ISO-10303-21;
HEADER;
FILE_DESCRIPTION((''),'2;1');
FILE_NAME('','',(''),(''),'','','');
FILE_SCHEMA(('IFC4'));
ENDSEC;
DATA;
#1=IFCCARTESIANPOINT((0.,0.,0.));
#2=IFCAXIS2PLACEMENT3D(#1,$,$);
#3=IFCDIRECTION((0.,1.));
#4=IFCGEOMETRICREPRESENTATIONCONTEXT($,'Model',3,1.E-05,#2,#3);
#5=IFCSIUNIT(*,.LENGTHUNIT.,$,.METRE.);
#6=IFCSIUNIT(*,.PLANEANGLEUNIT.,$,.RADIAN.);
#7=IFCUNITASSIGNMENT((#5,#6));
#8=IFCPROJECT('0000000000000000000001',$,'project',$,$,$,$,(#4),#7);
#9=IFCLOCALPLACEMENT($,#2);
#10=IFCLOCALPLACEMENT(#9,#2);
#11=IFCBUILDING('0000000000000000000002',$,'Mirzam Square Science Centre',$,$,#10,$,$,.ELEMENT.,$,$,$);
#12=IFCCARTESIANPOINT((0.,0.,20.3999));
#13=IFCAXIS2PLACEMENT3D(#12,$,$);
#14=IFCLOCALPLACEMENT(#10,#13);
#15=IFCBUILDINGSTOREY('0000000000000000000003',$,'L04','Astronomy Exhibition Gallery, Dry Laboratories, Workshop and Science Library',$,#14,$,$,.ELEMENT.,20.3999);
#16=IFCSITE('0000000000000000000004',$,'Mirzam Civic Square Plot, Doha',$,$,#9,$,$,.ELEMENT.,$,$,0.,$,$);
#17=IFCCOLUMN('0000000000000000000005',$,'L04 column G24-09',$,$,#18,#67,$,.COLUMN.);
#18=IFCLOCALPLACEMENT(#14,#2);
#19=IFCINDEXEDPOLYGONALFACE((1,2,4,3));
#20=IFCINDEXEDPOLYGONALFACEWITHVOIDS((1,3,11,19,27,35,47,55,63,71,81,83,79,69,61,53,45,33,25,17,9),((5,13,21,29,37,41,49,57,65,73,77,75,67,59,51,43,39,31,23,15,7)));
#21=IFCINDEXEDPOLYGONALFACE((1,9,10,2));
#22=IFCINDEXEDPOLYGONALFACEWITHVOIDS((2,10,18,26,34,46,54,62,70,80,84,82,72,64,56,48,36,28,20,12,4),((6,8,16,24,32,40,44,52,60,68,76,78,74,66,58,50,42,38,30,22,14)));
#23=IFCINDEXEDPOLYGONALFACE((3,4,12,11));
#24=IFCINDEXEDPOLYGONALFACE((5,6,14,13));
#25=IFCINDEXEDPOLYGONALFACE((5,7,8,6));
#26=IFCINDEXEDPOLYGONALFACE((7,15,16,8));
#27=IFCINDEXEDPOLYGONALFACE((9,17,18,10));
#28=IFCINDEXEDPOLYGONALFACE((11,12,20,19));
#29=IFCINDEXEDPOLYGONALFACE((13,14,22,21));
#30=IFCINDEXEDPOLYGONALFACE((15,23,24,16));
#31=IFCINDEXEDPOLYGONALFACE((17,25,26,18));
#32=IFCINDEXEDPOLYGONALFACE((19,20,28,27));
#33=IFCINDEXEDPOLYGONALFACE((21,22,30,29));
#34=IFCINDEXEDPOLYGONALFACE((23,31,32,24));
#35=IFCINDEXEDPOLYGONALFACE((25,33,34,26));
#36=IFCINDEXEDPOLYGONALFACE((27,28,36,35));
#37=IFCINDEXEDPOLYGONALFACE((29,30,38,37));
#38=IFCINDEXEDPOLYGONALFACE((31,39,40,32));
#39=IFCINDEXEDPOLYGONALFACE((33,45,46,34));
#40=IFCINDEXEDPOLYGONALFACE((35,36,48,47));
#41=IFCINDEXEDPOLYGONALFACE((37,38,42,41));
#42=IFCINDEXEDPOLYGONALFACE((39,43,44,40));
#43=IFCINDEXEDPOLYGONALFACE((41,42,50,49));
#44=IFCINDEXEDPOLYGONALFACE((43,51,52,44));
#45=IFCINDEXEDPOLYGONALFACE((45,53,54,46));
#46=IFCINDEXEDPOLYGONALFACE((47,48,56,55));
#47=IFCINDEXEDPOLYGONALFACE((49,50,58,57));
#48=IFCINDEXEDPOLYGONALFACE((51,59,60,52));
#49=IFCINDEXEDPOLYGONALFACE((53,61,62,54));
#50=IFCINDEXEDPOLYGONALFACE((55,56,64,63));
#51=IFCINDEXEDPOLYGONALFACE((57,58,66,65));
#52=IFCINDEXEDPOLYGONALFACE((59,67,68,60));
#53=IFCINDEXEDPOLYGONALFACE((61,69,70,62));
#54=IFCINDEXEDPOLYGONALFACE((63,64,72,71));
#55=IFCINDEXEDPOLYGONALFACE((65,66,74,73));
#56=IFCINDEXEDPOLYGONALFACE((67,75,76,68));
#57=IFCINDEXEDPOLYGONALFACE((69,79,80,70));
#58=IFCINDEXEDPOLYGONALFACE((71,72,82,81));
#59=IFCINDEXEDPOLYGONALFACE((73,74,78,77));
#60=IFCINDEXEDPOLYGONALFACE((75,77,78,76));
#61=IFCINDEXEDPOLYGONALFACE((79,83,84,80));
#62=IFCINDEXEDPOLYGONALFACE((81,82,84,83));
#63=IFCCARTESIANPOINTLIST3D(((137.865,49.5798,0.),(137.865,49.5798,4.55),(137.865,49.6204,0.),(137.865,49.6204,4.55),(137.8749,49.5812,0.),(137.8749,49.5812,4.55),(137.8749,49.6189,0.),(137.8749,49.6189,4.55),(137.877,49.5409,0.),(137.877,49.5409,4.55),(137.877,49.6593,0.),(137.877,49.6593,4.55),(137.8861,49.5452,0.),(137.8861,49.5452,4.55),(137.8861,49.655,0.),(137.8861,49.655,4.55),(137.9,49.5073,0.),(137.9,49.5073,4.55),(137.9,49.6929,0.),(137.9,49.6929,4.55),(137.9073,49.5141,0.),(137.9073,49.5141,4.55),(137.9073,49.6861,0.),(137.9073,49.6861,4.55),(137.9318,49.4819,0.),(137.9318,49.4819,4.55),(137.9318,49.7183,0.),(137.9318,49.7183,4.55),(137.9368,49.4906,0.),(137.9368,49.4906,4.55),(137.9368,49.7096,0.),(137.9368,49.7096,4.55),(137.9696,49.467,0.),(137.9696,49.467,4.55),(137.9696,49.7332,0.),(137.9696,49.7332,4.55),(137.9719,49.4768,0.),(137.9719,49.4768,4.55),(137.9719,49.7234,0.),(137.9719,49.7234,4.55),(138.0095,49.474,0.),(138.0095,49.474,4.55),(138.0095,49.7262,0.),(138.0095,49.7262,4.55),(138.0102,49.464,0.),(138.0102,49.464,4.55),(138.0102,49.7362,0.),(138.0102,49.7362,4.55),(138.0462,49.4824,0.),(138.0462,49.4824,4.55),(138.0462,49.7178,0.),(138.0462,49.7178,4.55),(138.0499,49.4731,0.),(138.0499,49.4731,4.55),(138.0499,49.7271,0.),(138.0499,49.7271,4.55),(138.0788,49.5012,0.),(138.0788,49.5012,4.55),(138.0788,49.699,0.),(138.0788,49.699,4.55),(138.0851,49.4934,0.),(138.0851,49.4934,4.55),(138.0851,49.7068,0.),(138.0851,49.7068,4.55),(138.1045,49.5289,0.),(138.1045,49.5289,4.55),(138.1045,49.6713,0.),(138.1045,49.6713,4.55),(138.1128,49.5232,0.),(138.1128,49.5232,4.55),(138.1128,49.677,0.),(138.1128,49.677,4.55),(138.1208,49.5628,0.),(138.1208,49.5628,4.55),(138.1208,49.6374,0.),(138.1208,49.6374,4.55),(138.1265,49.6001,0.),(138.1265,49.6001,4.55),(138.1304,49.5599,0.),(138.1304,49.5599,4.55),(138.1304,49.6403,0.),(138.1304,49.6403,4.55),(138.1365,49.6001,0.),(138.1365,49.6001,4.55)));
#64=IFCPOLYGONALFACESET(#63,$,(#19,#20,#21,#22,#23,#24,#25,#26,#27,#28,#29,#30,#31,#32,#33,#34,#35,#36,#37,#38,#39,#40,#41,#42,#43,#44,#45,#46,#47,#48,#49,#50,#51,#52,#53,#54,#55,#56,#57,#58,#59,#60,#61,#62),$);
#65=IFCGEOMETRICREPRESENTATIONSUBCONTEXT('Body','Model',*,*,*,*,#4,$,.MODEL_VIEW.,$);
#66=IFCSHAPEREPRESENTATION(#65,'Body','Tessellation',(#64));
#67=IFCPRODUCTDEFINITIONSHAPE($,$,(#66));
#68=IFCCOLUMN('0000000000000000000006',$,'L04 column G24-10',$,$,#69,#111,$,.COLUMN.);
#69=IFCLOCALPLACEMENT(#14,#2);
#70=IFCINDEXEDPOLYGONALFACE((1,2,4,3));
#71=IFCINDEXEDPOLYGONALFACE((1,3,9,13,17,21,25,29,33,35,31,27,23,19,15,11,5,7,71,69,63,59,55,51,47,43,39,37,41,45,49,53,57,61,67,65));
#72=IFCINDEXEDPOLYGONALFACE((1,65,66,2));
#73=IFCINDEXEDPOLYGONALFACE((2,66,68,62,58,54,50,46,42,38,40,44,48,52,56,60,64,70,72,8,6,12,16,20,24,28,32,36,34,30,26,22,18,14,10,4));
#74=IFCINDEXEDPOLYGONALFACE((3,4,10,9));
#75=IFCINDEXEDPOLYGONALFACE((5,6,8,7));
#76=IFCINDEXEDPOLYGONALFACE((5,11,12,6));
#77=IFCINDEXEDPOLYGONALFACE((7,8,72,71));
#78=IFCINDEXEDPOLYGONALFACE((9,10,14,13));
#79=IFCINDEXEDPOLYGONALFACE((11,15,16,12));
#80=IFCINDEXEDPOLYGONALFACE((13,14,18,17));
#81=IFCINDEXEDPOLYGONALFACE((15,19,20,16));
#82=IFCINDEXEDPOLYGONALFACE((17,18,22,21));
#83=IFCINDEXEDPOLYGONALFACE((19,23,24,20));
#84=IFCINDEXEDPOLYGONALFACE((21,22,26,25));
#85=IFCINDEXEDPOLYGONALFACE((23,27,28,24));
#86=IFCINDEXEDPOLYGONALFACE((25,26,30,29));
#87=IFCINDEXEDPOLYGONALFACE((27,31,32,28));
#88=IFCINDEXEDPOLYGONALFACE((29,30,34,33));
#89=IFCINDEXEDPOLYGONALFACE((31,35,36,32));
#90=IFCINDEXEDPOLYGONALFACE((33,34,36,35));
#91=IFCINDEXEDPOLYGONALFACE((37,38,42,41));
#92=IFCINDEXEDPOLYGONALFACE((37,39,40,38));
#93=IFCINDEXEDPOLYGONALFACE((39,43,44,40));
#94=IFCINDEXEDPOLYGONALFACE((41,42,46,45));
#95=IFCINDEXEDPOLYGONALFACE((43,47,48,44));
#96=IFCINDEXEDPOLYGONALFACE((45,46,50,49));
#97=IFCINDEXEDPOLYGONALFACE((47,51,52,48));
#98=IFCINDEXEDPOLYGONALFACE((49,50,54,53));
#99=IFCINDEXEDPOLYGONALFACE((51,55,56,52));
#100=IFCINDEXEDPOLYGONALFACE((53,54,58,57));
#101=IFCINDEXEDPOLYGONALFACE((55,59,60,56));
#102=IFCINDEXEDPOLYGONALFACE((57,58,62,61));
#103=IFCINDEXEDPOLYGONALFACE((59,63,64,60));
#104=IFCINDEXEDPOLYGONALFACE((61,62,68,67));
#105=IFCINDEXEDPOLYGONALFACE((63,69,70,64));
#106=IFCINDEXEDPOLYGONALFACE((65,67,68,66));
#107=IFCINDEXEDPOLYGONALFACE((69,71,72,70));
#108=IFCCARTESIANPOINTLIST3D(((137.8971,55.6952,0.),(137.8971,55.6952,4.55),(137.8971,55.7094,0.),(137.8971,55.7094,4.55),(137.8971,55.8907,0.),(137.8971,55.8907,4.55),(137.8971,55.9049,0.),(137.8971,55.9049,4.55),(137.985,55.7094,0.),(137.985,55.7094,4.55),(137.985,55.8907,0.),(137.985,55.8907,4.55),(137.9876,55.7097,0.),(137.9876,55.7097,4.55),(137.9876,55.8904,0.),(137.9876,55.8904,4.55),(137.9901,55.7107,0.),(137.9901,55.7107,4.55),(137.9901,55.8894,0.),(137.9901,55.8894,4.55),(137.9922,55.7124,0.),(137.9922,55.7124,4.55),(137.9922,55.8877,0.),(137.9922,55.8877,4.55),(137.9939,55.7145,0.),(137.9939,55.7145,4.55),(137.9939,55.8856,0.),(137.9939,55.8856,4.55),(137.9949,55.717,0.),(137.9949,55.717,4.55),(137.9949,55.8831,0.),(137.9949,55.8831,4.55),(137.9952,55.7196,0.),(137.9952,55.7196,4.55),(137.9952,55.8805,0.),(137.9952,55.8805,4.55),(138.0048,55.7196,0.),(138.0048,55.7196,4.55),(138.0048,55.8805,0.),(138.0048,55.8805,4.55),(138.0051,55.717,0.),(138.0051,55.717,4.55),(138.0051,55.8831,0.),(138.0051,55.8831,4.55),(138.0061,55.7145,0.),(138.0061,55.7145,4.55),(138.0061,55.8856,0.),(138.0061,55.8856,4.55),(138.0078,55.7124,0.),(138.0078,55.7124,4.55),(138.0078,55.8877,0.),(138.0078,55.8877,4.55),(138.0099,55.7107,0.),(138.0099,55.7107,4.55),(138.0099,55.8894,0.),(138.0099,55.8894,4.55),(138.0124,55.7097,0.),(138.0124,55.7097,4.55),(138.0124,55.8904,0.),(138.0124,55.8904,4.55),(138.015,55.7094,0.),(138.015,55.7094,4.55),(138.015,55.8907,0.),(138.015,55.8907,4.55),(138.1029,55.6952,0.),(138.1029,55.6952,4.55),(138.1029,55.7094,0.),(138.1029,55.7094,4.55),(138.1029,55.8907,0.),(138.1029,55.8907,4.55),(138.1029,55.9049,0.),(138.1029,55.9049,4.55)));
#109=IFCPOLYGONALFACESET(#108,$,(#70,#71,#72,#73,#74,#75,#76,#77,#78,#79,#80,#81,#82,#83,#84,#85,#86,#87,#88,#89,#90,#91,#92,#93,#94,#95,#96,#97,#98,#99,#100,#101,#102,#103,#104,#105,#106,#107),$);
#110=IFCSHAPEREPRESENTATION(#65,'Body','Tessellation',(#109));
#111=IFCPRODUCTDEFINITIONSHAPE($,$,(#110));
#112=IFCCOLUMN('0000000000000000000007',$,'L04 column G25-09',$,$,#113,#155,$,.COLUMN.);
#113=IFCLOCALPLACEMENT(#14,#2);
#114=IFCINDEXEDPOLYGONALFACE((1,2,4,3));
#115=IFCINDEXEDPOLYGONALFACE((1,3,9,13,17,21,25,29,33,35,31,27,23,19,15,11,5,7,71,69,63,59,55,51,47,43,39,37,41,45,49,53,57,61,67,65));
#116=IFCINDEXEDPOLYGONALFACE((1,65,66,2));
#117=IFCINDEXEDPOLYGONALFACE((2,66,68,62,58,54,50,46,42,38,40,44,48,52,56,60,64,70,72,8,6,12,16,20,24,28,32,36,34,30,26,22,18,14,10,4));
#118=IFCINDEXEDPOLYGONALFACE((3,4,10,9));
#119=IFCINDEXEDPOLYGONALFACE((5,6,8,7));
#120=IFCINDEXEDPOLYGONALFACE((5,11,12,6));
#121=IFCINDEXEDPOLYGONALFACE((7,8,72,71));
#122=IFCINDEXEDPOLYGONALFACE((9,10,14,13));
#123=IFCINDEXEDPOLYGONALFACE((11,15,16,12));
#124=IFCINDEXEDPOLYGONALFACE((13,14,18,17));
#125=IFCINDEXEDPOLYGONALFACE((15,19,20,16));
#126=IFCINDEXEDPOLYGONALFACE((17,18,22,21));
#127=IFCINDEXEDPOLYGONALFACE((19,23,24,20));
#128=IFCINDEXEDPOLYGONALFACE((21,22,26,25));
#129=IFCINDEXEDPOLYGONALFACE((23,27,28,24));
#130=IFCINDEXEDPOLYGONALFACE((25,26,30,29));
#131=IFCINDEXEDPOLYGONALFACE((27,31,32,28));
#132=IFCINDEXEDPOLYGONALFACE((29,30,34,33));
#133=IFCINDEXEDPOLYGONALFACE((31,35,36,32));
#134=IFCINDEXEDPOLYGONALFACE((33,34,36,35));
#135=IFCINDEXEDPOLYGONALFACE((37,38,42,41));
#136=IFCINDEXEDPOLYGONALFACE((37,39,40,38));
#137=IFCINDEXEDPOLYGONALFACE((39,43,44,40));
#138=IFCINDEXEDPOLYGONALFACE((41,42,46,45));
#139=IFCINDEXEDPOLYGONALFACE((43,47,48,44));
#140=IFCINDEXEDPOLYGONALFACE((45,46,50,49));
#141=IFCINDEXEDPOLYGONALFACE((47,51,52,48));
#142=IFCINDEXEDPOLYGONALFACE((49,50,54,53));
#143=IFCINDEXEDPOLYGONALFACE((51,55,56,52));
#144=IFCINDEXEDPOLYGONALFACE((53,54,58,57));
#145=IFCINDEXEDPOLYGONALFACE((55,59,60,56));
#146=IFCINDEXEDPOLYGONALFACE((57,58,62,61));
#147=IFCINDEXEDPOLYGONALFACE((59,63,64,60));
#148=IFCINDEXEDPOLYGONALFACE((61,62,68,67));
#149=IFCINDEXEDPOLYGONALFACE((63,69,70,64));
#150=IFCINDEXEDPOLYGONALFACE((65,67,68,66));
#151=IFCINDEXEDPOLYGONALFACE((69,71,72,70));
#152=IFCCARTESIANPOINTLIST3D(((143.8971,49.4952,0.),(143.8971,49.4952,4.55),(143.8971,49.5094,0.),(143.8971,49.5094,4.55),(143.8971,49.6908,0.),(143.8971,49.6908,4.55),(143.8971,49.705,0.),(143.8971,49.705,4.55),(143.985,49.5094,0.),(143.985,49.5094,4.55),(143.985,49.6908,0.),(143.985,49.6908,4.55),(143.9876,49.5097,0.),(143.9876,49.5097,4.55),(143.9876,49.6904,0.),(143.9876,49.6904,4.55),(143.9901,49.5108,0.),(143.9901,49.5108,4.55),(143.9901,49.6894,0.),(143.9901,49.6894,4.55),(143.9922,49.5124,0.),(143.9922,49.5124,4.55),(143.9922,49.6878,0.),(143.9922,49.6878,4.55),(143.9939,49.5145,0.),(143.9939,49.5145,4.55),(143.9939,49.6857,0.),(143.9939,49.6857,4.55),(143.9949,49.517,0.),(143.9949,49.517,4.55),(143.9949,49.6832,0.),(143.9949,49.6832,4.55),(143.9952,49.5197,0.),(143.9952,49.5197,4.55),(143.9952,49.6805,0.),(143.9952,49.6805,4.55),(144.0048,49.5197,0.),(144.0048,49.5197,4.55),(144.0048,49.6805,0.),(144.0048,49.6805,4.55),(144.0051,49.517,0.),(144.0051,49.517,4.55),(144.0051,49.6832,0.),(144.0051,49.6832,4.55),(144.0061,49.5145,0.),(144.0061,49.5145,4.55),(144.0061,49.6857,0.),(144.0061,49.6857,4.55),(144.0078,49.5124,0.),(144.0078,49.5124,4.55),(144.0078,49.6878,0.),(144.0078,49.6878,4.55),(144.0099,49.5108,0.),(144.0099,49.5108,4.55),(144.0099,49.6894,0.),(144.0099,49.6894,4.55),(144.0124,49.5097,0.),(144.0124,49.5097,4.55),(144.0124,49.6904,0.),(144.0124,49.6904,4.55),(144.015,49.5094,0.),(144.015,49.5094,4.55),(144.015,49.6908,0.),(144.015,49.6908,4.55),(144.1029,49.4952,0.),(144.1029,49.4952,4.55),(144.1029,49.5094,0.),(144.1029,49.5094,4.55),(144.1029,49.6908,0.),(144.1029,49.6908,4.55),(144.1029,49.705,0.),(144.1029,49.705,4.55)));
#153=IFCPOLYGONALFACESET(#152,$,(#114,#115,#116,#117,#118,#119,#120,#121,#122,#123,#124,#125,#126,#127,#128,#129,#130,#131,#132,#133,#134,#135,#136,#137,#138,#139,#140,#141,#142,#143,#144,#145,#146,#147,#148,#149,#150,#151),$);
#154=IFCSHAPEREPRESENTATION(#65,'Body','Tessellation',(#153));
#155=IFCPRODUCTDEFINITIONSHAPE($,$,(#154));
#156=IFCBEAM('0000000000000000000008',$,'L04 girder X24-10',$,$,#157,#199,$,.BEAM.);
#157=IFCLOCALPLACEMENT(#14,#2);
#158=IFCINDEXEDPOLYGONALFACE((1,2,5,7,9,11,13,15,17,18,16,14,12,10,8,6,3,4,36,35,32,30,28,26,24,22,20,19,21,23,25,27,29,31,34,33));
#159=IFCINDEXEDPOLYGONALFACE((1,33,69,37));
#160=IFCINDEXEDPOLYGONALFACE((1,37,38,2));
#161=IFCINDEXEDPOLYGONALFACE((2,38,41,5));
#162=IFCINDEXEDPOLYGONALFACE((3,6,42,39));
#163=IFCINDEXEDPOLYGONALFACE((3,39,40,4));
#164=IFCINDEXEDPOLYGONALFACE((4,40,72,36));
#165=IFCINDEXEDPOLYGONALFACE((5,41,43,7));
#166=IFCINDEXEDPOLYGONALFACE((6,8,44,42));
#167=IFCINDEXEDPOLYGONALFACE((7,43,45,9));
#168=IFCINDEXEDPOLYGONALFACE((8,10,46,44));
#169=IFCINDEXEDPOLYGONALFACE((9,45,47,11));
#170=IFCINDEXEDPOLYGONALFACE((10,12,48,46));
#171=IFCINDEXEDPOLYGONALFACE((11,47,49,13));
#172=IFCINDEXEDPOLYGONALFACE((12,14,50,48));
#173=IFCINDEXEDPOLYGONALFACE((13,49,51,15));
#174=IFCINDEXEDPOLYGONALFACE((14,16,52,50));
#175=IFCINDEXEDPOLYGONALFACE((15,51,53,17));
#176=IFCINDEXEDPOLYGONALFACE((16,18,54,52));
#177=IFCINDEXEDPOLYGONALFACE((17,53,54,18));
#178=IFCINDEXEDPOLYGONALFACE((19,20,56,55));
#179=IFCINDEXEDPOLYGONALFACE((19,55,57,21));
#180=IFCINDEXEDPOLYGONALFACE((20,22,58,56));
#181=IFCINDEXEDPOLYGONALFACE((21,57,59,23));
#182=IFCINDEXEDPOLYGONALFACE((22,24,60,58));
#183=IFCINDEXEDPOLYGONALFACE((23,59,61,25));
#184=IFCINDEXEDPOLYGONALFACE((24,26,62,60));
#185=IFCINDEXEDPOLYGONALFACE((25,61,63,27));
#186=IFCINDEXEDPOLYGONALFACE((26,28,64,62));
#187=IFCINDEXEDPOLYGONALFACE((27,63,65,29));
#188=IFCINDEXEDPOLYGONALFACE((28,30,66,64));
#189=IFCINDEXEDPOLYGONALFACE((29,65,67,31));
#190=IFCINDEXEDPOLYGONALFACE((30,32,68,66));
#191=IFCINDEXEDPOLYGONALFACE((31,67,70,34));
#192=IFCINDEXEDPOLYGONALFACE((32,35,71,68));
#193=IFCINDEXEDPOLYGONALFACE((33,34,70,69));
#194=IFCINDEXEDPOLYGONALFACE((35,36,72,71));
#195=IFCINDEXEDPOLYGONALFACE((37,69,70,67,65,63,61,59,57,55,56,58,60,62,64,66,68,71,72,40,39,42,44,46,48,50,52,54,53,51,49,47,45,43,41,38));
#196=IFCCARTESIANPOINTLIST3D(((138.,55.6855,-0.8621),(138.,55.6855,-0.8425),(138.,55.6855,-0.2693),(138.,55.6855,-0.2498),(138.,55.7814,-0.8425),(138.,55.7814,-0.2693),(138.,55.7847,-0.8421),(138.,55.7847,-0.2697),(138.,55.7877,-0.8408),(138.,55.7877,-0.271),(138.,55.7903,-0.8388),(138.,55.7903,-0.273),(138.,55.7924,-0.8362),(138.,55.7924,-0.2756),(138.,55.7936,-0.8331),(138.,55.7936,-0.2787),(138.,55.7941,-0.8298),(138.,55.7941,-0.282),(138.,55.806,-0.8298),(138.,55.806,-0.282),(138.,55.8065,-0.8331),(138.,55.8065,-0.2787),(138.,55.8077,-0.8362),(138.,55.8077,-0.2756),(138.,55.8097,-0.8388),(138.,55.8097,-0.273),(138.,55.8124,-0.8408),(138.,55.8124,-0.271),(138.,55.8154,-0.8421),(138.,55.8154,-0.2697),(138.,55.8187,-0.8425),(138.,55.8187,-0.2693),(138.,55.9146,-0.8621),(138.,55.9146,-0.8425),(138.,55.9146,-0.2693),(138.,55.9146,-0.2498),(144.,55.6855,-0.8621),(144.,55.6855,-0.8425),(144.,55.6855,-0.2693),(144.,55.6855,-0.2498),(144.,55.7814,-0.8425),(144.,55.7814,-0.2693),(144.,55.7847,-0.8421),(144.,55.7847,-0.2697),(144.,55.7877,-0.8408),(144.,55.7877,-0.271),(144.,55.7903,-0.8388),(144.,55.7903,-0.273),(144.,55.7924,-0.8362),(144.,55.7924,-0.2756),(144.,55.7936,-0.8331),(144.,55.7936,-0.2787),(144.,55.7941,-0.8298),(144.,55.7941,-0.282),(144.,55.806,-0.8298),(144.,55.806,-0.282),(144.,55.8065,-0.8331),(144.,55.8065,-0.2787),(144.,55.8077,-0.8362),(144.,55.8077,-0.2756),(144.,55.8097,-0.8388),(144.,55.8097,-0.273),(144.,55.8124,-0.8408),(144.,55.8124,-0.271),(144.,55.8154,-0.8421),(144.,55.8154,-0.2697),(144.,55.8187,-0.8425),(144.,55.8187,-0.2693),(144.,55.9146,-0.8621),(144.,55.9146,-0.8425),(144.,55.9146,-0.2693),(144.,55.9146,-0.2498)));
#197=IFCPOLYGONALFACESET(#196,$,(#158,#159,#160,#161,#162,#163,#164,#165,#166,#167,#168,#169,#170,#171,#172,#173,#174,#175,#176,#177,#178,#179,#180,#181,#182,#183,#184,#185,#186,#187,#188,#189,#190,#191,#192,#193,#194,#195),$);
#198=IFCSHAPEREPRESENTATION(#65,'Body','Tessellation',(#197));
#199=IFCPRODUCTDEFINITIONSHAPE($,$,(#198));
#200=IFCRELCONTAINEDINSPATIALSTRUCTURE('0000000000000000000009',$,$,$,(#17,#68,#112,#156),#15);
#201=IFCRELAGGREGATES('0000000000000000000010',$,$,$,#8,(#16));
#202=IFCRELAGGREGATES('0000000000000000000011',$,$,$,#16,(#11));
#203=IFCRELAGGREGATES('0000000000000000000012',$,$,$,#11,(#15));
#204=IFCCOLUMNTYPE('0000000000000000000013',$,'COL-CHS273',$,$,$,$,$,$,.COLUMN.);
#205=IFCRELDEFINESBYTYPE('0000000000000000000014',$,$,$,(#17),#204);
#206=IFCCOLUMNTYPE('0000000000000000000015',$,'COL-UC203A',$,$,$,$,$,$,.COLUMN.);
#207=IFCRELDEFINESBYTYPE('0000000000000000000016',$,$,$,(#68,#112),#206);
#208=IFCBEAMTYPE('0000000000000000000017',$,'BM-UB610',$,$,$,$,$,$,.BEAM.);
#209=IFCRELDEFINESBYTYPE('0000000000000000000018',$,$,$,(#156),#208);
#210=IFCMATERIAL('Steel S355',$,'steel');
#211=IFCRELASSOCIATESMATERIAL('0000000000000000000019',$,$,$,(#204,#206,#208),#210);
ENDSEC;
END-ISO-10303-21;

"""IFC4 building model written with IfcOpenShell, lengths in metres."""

from ifc_helpers import new_model, si_unit, direction, frame, origin, origin_2d, place, context, subcontext, project, spatial, hollow_circle, i_section, extrude, material, material_profile, profile_set, type_object, element, save


model = new_model("IFC4")

# Units and contexts
model_context = context("Model", 3, precision=1e-05, world=origin(), true_north=direction((0.0, 1.0)))
body_context = subcontext(model_context, "Body", "Model", "MODEL_VIEW")
ifc_project = project(units=[si_unit("LENGTHUNIT", "METRE"), si_unit("PLANEANGLEUNIT", "RADIAN")], contexts=[model_context])

# Site, building, storey
site_placement = place(None, origin())
site = spatial("IfcSite", under=ifc_project, at=site_placement, Name="Mirzam Civic Square Plot, Doha", CompositionType="ELEMENT", RefElevation=0.0)
building_placement = place(site_placement, origin())
building = spatial("IfcBuilding", under=site, at=building_placement, Name="Mirzam Square Science Centre", CompositionType="ELEMENT")
storey_placement = place(building_placement, frame((0.0, 0.0, 20.3999)))
storey = spatial("IfcBuildingStorey", under=building, at=storey_placement, Name="L04", Description="Astronomy Exhibition Gallery, Dry Laboratories, Workshop and Science Library", CompositionType="ELEMENT", Elevation=20.3999)

# Columns
ifc_material_1 = material(Name="Steel S355", Category="steel")
ifc_material_profile_1 = material_profile(ifc_material_1, hollow_circle(Radius=0.1365, WallThickness=0.01, at=origin_2d()), Name="273.0x10.0CHS")
ifc_profile_set_1 = profile_set([ifc_material_profile_1], Name="Steel S355")
column_type_1 = type_object("IfcColumnType", Name="COL-CHS273", PredefinedType="COLUMN", material=ifc_profile_set_1)
column_placement = place(storey_placement, frame((138.0, 49.6001, 0.0), z_axis=(0.0, 0.0, 1.0), x_axis=(1.0, 0.0, 0.0)))
element("IfcColumn", 1, at=column_placement, inside=storey, type_object=column_type_1, Name="L04 column G24-09", PredefinedType="COLUMN", context=body_context, shape_type="SweptSolid", body=[
    extrude(hollow_circle(Radius=0.1365, WallThickness=0.01, at=origin_2d()), origin(), (0.0, 0.0, 1.0), 4.55),
])
ifc_material_profile_2 = material_profile(ifc_material_1, i_section(OverallWidth=0.2058, OverallDepth=0.2097, WebThickness=0.0095, FlangeThickness=0.0142, FilletRadius=0.0103, at=origin_2d()), Name="203x203x60UC")
ifc_profile_set_2 = profile_set([ifc_material_profile_2], Name="Steel S355")
column_type_2 = type_object("IfcColumnType", Name="COL-UC203A", PredefinedType="COLUMN", material=ifc_profile_set_2)
for number, where, z_axis, x_axis, name in (
    (2, (138.0, 55.8, 0.0), (0.0, 0.0, 1.0), (1.0, 0.0, 0.0), "L04 column G24-10"),
    (3, (144.0, 49.6001, 0.0), (0.0, 0.0, 1.0), (1.0, 0.0, 0.0), "L04 column G25-09"),
):
    element("IfcColumn", number, at=place(storey_placement, frame(where, z_axis=z_axis, x_axis=x_axis)), inside=storey, type_object=column_type_2, Name=name, PredefinedType="COLUMN", context=body_context, shape_type="SweptSolid", body=[
        extrude(i_section(OverallWidth=0.2058, OverallDepth=0.2097, WebThickness=0.0095, FlangeThickness=0.0142, FilletRadius=0.0103, at=origin_2d()), origin(), (0.0, 0.0, 1.0), 4.55),
    ])

# Beam
ifc_material_profile_3 = material_profile(ifc_material_1, i_section(OverallWidth=0.229, OverallDepth=0.6123, WebThickness=0.012, FlangeThickness=0.0195, FilletRadius=0.0127, at=origin_2d()), Name="610x229x125UB")
ifc_profile_set_3 = profile_set([ifc_material_profile_3], Name="Steel S355")
beam_type_1 = type_object("IfcBeamType", Name="BM-UB610", PredefinedType="BEAM", material=ifc_profile_set_3)
beam_1_placement = place(storey_placement, frame((138.0, 55.8, -0.5559), z_axis=(1.0, 0.0, 0.0), x_axis=(0.0, 1.0, 0.0)))
element("IfcBeam", 4, at=beam_1_placement, inside=storey, type_object=beam_type_1, Name="L04 girder X24-10", PredefinedType="BEAM", context=body_context, shape_type="SweptSolid", body=[
    extrude(i_section(OverallWidth=0.229, OverallDepth=0.6123, WebThickness=0.012, FlangeThickness=0.0195, FilletRadius=0.0127, at=origin_2d()), origin(), (0.0, 0.0, 1.0), 6.0),
])

save(model, "model.ifc")
